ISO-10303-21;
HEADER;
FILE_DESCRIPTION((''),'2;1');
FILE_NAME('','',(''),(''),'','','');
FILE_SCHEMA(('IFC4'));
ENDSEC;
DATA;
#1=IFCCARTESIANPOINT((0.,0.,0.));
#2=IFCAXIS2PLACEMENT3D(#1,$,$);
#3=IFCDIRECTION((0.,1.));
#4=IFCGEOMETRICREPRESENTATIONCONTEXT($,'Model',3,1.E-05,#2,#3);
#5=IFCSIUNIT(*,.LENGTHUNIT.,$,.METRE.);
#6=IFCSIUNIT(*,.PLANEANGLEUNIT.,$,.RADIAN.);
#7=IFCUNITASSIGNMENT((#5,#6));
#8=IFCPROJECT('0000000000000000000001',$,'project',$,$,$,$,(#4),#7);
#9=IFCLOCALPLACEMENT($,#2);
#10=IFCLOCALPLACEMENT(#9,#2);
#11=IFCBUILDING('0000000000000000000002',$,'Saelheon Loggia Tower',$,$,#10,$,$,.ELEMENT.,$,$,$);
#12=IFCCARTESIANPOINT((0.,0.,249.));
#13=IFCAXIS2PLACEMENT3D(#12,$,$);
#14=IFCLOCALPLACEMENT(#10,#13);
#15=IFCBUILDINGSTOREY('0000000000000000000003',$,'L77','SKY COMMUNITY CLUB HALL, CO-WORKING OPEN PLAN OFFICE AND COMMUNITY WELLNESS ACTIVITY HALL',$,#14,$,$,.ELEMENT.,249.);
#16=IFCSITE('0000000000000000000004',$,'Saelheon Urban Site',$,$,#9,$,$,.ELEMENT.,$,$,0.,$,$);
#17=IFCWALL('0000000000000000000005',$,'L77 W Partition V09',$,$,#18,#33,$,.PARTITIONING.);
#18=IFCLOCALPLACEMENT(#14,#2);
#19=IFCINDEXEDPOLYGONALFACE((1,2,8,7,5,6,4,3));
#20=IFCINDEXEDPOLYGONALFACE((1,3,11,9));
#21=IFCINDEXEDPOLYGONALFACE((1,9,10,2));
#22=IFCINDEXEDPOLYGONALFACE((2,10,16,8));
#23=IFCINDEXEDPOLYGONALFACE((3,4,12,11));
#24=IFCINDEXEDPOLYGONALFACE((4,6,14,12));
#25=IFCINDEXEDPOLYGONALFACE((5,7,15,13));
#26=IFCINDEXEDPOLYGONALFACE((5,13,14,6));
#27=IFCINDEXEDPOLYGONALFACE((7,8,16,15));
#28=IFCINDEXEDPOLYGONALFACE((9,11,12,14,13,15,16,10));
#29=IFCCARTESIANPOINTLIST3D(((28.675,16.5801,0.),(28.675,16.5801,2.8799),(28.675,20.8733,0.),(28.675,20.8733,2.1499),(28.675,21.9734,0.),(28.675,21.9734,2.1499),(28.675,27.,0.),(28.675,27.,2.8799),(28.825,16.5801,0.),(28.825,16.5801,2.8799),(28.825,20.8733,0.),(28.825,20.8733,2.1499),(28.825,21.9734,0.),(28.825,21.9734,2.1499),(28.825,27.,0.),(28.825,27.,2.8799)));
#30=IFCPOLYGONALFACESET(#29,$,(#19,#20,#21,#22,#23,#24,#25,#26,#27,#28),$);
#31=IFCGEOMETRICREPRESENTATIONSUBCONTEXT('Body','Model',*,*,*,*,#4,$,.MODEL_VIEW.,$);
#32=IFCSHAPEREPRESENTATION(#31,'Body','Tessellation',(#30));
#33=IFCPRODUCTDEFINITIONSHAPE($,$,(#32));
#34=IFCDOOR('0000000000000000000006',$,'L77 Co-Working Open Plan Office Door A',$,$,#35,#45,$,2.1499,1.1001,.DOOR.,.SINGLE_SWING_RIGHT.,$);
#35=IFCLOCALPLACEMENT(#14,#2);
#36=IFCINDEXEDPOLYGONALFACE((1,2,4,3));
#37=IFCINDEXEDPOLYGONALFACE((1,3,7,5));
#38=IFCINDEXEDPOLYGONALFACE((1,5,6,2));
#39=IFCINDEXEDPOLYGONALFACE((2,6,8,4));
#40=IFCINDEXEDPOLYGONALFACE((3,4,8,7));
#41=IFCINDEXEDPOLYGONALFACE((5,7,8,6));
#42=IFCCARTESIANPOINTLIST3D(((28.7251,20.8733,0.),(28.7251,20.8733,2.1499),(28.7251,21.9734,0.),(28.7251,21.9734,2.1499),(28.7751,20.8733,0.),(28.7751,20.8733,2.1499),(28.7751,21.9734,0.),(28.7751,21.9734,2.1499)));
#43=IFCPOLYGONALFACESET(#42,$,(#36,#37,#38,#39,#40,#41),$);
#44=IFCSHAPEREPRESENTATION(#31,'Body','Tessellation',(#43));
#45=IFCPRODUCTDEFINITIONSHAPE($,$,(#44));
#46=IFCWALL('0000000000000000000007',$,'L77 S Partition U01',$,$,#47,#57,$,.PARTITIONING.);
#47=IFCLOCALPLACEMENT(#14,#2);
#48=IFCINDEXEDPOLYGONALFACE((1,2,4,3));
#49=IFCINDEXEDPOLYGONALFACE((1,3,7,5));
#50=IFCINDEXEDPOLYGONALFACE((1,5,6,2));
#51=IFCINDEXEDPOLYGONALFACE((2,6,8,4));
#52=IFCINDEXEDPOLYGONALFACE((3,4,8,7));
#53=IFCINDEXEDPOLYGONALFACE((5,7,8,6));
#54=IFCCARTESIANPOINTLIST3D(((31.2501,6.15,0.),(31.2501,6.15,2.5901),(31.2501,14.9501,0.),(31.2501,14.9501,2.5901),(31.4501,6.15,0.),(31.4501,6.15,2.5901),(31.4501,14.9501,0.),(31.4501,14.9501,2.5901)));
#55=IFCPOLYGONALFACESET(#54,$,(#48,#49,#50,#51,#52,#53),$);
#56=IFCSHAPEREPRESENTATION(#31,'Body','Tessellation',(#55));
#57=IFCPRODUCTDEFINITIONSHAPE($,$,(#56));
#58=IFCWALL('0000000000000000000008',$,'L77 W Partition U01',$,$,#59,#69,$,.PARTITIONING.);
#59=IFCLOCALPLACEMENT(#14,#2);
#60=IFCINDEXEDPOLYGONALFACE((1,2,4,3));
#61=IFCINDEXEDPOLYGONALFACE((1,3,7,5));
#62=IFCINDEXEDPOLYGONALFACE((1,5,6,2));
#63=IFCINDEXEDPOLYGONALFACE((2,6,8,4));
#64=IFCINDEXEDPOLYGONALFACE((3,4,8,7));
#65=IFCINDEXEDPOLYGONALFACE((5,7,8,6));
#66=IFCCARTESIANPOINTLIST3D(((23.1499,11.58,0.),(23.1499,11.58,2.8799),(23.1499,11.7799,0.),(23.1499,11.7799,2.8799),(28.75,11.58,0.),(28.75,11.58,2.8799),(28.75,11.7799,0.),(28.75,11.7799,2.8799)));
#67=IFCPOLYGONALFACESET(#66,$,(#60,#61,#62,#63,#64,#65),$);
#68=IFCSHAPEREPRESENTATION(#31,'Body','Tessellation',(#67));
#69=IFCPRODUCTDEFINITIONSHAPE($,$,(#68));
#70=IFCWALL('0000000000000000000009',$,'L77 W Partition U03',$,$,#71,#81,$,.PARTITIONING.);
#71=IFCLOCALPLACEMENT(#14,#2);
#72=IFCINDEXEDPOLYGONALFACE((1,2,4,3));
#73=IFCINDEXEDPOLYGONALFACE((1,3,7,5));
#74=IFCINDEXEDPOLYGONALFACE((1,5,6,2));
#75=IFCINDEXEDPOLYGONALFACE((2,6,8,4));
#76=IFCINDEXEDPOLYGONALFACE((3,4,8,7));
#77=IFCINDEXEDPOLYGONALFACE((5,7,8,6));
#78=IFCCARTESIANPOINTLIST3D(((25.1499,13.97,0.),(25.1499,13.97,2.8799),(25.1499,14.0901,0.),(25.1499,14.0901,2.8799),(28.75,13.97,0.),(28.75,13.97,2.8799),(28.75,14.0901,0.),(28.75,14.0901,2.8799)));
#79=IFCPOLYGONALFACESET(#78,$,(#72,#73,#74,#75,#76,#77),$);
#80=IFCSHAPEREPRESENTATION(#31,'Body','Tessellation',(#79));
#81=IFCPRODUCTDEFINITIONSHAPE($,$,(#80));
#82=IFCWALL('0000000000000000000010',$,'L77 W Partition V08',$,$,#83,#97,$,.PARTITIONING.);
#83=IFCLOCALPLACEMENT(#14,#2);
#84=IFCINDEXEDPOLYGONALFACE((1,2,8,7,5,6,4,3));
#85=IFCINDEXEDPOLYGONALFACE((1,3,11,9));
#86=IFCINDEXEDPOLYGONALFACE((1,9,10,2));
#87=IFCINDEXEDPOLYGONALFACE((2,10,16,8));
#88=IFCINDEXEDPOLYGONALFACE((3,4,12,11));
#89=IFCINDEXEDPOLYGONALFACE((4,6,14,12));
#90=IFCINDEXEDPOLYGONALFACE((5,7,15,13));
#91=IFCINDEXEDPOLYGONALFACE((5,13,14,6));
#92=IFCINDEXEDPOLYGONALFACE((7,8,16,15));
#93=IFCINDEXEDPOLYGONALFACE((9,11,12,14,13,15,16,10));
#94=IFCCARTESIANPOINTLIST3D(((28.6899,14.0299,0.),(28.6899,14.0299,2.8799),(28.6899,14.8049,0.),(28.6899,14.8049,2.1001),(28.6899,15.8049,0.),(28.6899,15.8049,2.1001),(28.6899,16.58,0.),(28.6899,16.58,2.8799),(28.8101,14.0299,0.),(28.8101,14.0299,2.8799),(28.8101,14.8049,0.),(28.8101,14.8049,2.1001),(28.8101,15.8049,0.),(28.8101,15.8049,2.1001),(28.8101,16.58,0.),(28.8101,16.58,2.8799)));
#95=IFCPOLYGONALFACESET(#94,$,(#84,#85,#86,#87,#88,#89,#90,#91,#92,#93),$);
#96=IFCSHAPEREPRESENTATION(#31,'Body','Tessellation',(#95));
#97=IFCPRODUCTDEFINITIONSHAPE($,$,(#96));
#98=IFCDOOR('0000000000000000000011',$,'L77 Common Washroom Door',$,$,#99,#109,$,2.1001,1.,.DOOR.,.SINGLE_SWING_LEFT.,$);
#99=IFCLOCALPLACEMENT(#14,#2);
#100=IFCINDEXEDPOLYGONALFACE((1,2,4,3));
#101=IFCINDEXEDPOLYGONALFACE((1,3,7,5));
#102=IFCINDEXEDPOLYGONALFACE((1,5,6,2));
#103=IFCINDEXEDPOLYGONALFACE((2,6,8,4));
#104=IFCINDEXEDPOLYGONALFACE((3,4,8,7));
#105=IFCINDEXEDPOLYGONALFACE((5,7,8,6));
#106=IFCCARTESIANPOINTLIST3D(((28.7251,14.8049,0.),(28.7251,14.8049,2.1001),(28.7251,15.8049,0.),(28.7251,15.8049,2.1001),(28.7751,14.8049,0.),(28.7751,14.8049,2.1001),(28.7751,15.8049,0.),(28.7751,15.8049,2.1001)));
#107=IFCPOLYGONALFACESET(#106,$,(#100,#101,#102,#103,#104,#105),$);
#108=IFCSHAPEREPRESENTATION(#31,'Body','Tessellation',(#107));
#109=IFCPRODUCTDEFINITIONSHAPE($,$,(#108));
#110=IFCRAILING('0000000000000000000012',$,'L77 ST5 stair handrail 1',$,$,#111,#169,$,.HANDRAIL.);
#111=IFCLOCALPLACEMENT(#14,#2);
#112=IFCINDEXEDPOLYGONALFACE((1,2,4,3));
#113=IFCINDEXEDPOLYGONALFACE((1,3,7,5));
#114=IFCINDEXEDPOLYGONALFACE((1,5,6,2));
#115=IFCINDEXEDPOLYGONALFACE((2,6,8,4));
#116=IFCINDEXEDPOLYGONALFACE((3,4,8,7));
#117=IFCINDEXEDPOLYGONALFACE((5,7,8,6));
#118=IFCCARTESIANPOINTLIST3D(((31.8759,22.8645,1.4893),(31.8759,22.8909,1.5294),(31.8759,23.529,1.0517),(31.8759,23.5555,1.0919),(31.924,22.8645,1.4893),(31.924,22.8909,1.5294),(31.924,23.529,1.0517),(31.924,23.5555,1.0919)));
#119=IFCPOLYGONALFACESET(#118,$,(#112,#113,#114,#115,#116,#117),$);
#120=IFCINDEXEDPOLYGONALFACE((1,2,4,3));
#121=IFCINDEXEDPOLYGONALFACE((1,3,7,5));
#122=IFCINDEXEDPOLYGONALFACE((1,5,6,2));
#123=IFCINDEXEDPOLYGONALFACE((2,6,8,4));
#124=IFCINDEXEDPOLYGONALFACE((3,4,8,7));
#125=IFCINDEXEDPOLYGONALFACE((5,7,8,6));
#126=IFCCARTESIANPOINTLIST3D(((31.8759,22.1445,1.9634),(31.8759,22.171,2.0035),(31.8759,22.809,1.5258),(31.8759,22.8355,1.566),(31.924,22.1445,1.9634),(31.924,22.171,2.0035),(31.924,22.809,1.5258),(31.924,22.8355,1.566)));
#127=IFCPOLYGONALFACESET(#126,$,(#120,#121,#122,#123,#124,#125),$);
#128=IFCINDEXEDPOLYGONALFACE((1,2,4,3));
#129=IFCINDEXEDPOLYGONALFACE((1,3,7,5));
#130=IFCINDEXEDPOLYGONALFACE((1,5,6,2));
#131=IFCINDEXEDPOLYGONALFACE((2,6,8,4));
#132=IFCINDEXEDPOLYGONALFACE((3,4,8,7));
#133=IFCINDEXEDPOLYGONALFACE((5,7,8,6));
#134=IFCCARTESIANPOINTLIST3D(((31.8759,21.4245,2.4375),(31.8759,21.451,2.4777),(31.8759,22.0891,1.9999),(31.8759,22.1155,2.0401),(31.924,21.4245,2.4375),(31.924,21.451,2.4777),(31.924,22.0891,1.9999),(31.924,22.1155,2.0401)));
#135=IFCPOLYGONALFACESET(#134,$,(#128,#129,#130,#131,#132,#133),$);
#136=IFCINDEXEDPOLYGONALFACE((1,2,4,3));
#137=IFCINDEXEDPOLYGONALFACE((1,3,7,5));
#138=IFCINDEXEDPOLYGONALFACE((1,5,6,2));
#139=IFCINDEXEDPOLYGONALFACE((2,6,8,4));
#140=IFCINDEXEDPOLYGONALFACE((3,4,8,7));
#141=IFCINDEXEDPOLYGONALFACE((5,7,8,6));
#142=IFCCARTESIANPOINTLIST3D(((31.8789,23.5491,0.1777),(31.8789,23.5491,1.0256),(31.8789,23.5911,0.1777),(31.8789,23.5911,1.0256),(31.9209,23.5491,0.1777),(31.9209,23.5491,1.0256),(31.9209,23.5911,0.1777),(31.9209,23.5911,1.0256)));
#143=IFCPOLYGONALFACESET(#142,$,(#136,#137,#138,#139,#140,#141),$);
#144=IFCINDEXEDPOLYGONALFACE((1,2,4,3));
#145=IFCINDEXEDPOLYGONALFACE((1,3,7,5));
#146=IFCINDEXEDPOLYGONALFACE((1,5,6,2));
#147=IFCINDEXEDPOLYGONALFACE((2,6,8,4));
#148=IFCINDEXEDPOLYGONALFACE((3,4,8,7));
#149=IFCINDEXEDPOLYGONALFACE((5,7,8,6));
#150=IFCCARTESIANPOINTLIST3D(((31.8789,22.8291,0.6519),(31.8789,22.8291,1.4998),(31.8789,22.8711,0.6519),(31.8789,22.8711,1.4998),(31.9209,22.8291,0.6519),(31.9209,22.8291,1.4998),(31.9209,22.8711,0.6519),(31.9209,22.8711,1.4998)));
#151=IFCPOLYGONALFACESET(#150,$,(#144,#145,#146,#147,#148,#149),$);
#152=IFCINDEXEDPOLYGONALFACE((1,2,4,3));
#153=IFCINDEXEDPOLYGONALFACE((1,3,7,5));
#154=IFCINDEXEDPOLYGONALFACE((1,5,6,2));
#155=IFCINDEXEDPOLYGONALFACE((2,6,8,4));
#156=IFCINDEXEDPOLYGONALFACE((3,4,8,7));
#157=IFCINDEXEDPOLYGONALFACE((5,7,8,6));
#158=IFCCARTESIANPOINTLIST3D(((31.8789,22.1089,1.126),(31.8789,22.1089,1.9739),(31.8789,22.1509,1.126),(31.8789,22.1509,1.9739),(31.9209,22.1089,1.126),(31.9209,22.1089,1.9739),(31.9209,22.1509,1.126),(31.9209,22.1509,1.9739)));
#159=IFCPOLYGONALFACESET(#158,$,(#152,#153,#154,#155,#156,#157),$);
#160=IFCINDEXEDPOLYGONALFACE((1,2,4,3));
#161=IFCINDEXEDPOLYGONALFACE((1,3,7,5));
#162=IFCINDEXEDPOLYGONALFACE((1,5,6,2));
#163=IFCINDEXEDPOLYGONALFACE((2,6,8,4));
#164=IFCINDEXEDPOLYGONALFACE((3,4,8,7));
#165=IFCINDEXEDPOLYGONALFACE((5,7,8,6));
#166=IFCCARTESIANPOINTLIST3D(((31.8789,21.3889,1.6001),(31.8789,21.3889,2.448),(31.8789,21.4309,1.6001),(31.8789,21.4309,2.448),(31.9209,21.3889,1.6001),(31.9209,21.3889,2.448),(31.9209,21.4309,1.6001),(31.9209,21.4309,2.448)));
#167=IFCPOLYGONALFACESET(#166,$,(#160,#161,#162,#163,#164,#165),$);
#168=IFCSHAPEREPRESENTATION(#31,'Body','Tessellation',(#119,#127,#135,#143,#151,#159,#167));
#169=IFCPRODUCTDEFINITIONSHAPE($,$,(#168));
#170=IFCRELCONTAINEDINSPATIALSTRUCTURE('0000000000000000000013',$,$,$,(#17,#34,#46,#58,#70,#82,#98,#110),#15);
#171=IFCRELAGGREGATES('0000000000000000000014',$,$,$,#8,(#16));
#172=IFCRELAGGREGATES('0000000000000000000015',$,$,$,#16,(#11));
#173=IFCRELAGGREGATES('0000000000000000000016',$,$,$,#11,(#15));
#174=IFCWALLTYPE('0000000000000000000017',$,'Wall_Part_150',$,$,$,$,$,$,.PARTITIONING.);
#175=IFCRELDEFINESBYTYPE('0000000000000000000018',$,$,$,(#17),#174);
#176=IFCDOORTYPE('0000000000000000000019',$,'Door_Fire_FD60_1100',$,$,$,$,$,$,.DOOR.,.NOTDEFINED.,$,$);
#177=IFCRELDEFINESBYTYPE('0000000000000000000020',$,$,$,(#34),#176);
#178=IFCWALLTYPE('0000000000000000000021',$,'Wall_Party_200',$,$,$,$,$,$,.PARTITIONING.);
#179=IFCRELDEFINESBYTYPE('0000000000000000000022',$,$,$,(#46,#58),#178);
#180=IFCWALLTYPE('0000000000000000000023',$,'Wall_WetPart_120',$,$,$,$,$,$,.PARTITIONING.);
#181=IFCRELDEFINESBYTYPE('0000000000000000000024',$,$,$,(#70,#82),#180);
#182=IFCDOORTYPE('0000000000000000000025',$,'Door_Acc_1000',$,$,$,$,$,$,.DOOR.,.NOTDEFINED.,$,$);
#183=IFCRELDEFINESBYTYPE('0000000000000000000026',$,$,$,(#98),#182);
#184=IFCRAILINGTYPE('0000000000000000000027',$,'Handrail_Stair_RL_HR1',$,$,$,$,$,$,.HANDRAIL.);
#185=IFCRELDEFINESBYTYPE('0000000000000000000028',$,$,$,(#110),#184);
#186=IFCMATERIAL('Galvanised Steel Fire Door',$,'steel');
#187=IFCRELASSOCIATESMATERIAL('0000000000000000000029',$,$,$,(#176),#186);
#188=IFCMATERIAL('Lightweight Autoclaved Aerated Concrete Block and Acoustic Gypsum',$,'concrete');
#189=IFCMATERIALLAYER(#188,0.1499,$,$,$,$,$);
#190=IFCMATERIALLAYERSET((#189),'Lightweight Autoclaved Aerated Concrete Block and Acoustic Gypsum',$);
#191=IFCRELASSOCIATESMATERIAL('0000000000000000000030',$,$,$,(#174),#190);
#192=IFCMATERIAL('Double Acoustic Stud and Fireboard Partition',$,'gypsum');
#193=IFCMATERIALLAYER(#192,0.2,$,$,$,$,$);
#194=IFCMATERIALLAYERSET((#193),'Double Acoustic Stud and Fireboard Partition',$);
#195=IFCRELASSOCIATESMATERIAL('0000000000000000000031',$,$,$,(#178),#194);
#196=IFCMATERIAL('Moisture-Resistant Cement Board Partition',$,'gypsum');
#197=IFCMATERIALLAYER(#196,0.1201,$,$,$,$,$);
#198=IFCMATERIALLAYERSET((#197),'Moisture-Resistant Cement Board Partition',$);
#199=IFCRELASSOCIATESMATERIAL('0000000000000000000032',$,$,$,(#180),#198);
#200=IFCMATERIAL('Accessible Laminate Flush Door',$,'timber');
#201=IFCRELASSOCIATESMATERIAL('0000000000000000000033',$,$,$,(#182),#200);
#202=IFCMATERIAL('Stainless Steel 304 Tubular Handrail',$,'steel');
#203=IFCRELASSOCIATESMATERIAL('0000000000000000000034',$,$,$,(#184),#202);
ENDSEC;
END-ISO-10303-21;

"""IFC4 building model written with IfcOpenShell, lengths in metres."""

from ifc_helpers import new_model, si_unit, direction, frame, frame_2d, origin, origin_2d, place, context, subcontext, project, spatial, rectangle, extrude, source, transform, mapped, material, layer, layer_set, type_object, element, fill, save


model = new_model("IFC4")

# Units and contexts
model_context = context("Model", 3, precision=1e-05, world=origin(), true_north=direction((0.0, 1.0)))
body_context = subcontext(model_context, "Body", "Model", "MODEL_VIEW")
ifc_project = project(units=[si_unit("LENGTHUNIT", "METRE"), si_unit("PLANEANGLEUNIT", "RADIAN")], contexts=[model_context])

# Site, building, storey
site_placement = place(None, origin())
site = spatial("IfcSite", under=ifc_project, at=site_placement, Name="Saelheon Urban Site", CompositionType="ELEMENT", RefElevation=0.0)
building_placement = place(site_placement, origin())
building = spatial("IfcBuilding", under=site, at=building_placement, Name="Saelheon Loggia Tower", CompositionType="ELEMENT")
storey_placement = place(building_placement, frame((0.0, 0.0, 249.0)))
storey = spatial("IfcBuildingStorey", under=building, at=storey_placement, Name="L77", Description="SKY COMMUNITY CLUB HALL, CO-WORKING OPEN PLAN OFFICE AND COMMUNITY WELLNESS ACTIVITY HALL", CompositionType="ELEMENT", Elevation=249.0)

# Shared definitions
ifc_material_1 = material(Name="Galvanised Steel Fire Door", Category="steel")
door_type_1 = type_object("IfcDoorType", Name="Door_Fire_FD60_1100", OperationType="NOTDEFINED", PredefinedType="DOOR", material=ifc_material_1)
shared_shape_1 = source(origin(), body_context, "Body", "SweptSolid", [
    extrude(rectangle(XDim=1.1001, YDim=2.1499, at=frame_2d((0.55, 1.075))), frame((0.0, 0.0249, 0.0), z_axis=(0.0, -1.0, 0.0), x_axis=(1.0, 0.0, 0.0)), (0.0, 0.0, 1.0), 0.05),
])

# Shared definitions
ifc_material_2 = material(Name="Lightweight Autoclaved Aerated Concrete Block and Acoustic Gypsum", Category="concrete")
ifc_layer_1 = layer(ifc_material_2, 0.1499)
ifc_layer_set_1 = layer_set([ifc_layer_1], Name="Lightweight Autoclaved Aerated Concrete Block and Acoustic Gypsum")
wall_type_1 = type_object("IfcWallType", Name="Wall_Part_150", PredefinedType="PARTITIONING", material=ifc_layer_set_1)

# Wall, opening, door
wall_1_placement = place(storey_placement, frame((28.75, 16.5801, 0.0), z_axis=(0.0, 0.0, 1.0), x_axis=(0.0, 1.0, 0.0)))
wall_1 = element("IfcWall", 1, at=wall_1_placement, inside=storey, type_object=wall_type_1, Name="L77 W Partition V09", PredefinedType="PARTITIONING", context=body_context, shape_type="SweptSolid", body=[
    extrude(rectangle(XDim=10.4199, YDim=0.1499, at=frame_2d((5.21, 0.0))), origin(), (0.0, 0.0, 1.0), 2.8799),
])
opening_1_placement = place(wall_1_placement, frame((4.2932, 0.0, 0.0)))
opening_1 = element("IfcOpeningElement", 2, at=opening_1_placement, cuts=wall_1, PredefinedType="OPENING", context=body_context, shape_type="SweptSolid", body=[
    extrude(rectangle(XDim=1.1001, YDim=2.1499, at=frame_2d((0.55, 1.075))), frame((0.0, 0.0869, 0.0), z_axis=(0.0, -1.0, 0.0), x_axis=(1.0, 0.0, 0.0)), (0.0, 0.0, 1.0), 0.1738),
])
door_1_placement = place(opening_1_placement, origin())
door_1 = element("IfcDoor", 3, at=door_1_placement, inside=storey, type_object=door_type_1, Name="L77 Co-Working Open Plan Office Door A", OperationType="SINGLE_SWING_RIGHT", OverallHeight=2.1499, OverallWidth=1.1001, PredefinedType="DOOR", context=body_context, shape_type="MappedRepresentation", body=[
    mapped(shared_shape_1, transform((0.0, 0.0, 0.0), scale=1.0)),
])
fill(opening_1, door_1)

# Walls
ifc_material_3 = material(Name="Double Acoustic Stud and Fireboard Partition", Category="gypsum")
ifc_layer_2 = layer(ifc_material_3, 0.2)
ifc_layer_set_2 = layer_set([ifc_layer_2], Name="Double Acoustic Stud and Fireboard Partition")
wall_type_2 = type_object("IfcWallType", Name="Wall_Party_200", PredefinedType="PARTITIONING", material=ifc_layer_set_2)
wall_2_placement = place(storey_placement, frame((31.3501, 14.95, 0.0), z_axis=(0.0, 0.0, 1.0), x_axis=(0.0, -1.0, 0.0)))
element("IfcWall", 4, at=wall_2_placement, inside=storey, type_object=wall_type_2, Name="L77 S Partition U01", PredefinedType="PARTITIONING", context=body_context, shape_type="SweptSolid", body=[
    extrude(rectangle(XDim=8.8, YDim=0.2, at=frame_2d((4.3999, 0.0))), origin(), (0.0, 0.0, 1.0), 2.5901),
])
wall_3_placement = place(storey_placement, frame((28.75, 11.6799, 0.0), z_axis=(0.0, 0.0, 1.0), x_axis=(-1.0, 0.0, 0.0)))
element("IfcWall", 5, at=wall_3_placement, inside=storey, type_object=wall_type_2, Name="L77 W Partition U01", PredefinedType="PARTITIONING", context=body_context, shape_type="SweptSolid", body=[
    extrude(rectangle(XDim=5.6001, YDim=0.2, at=frame_2d((2.8, 0.0))), origin(), (0.0, 0.0, 1.0), 2.8799),
])
ifc_material_4 = material(Name="Moisture-Resistant Cement Board Partition", Category="gypsum")
ifc_layer_3 = layer(ifc_material_4, 0.1201)
ifc_layer_set_3 = layer_set([ifc_layer_3], Name="Moisture-Resistant Cement Board Partition")
wall_type_3 = type_object("IfcWallType", Name="Wall_WetPart_120", PredefinedType="PARTITIONING", material=ifc_layer_set_3)
wall_4_placement = place(storey_placement, frame((28.75, 14.03, 0.0), z_axis=(0.0, 0.0, 1.0), x_axis=(-1.0, 0.0, 0.0)))
element("IfcWall", 6, at=wall_4_placement, inside=storey, type_object=wall_type_3, Name="L77 W Partition U03", PredefinedType="PARTITIONING", context=body_context, shape_type="SweptSolid", body=[
    extrude(rectangle(XDim=3.6001, YDim=0.1201, at=frame_2d((1.8, 0.0))), origin(), (0.0, 0.0, 1.0), 2.8799),
])

# Wall, opening, door
wall_5_placement = place(storey_placement, frame((28.75, 14.03, 0.0), z_axis=(0.0, 0.0, 1.0), x_axis=(0.0, 1.0, 0.0)))
wall_5 = element("IfcWall", 7, at=wall_5_placement, inside=storey, type_object=wall_type_3, Name="L77 W Partition V08", PredefinedType="PARTITIONING", context=body_context, shape_type="SweptSolid", body=[
    extrude(rectangle(XDim=2.55, YDim=0.1201, at=frame_2d((1.2749, 0.0))), origin(), (0.0, 0.0, 1.0), 2.8799),
])
opening_2_placement = place(wall_5_placement, frame((0.7749, 0.0, 0.0)))
opening_2 = element("IfcOpeningElement", 8, at=opening_2_placement, cuts=wall_5, PredefinedType="OPENING", context=body_context, shape_type="SweptSolid", body=[
    extrude(rectangle(XDim=1.0, YDim=2.1001, at=frame_2d((0.5, 1.05))), frame((0.0, 0.072, 0.0), z_axis=(0.0, -1.0, 0.0), x_axis=(1.0, 0.0, 0.0)), (0.0, 0.0, 1.0), 0.144),
])
ifc_material_5 = material(Name="Accessible Laminate Flush Door", Category="timber")
door_type_2 = type_object("IfcDoorType", Name="Door_Acc_1000", OperationType="NOTDEFINED", PredefinedType="DOOR", material=ifc_material_5)
shared_shape_2 = source(origin(), body_context, "Body", "SweptSolid", [
    extrude(rectangle(XDim=1.0, YDim=2.1001, at=frame_2d((0.5, 1.05))), frame((0.0, 0.0249, 0.0), z_axis=(0.0, -1.0, 0.0), x_axis=(1.0, 0.0, 0.0)), (0.0, 0.0, 1.0), 0.05),
])
door_2_placement = place(opening_2_placement, origin())
door_2 = element("IfcDoor", 9, at=door_2_placement, inside=storey, type_object=door_type_2, Name="L77 Common Washroom Door", OperationType="SINGLE_SWING_LEFT", OverallHeight=2.1001, OverallWidth=1.0, PredefinedType="DOOR", context=body_context, shape_type="MappedRepresentation", body=[
    mapped(shared_shape_2, transform((0.0, 0.0, 0.0), scale=1.0)),
])
fill(opening_2, door_2)

# Railing
ifc_material_6 = material(Name="Stainless Steel 304 Tubular Handrail", Category="steel")
railing_type_1 = type_object("IfcRailingType", Name="Handrail_Stair_RL_HR1", PredefinedType="HANDRAIL", material=ifc_material_6)
railing_1_placement = place(storey_placement, frame((31.8999, 23.5701, 0.1777)))
element("IfcRailing", 10, at=railing_1_placement, inside=storey, type_object=railing_type_1, Name="L77 ST5 stair handrail 1", PredefinedType="HANDRAIL", context=body_context, shape_type="SweptSolid", body=[
    extrude(rectangle(XDim=0.0481, YDim=0.0481, at=origin_2d()), frame((0.0, -0.0278, 0.894), z_axis=(0.0, -0.835203, 0.549942), x_axis=(1.0, 0.0, 0.0)), (0.0, 0.0, 1.0), 0.7957),
    extrude(rectangle(XDim=0.0481, YDim=0.0481, at=origin_2d()), frame((0.0, -0.7478, 1.3682), z_axis=(0.0, -0.835203, 0.549942), x_axis=(1.0, 0.0, 0.0)), (0.0, 0.0, 1.0), 0.7957),
    extrude(rectangle(XDim=0.0481, YDim=0.0481, at=origin_2d()), frame((0.0, -1.4678, 1.8423), z_axis=(0.0, -0.835203, 0.549942), x_axis=(1.0, 0.0, 0.0)), (0.0, 0.0, 1.0), 0.7957),
    extrude(rectangle(XDim=0.042, YDim=0.042, at=origin_2d()), origin(), (0.0, 0.0, 1.0), 0.8479),
    extrude(rectangle(XDim=0.042, YDim=0.042, at=origin_2d()), frame((0.0, -0.72, 0.4741)), (0.0, 0.0, 1.0), 0.8479),
    extrude(rectangle(XDim=0.042, YDim=0.042, at=origin_2d()), frame((0.0, -1.4402, 0.9482)), (0.0, 0.0, 1.0), 0.8479),
    extrude(rectangle(XDim=0.042, YDim=0.042, at=origin_2d()), frame((0.0, -2.1602, 1.4224)), (0.0, 0.0, 1.0), 0.8479),
])

save(model, "model.ifc")
